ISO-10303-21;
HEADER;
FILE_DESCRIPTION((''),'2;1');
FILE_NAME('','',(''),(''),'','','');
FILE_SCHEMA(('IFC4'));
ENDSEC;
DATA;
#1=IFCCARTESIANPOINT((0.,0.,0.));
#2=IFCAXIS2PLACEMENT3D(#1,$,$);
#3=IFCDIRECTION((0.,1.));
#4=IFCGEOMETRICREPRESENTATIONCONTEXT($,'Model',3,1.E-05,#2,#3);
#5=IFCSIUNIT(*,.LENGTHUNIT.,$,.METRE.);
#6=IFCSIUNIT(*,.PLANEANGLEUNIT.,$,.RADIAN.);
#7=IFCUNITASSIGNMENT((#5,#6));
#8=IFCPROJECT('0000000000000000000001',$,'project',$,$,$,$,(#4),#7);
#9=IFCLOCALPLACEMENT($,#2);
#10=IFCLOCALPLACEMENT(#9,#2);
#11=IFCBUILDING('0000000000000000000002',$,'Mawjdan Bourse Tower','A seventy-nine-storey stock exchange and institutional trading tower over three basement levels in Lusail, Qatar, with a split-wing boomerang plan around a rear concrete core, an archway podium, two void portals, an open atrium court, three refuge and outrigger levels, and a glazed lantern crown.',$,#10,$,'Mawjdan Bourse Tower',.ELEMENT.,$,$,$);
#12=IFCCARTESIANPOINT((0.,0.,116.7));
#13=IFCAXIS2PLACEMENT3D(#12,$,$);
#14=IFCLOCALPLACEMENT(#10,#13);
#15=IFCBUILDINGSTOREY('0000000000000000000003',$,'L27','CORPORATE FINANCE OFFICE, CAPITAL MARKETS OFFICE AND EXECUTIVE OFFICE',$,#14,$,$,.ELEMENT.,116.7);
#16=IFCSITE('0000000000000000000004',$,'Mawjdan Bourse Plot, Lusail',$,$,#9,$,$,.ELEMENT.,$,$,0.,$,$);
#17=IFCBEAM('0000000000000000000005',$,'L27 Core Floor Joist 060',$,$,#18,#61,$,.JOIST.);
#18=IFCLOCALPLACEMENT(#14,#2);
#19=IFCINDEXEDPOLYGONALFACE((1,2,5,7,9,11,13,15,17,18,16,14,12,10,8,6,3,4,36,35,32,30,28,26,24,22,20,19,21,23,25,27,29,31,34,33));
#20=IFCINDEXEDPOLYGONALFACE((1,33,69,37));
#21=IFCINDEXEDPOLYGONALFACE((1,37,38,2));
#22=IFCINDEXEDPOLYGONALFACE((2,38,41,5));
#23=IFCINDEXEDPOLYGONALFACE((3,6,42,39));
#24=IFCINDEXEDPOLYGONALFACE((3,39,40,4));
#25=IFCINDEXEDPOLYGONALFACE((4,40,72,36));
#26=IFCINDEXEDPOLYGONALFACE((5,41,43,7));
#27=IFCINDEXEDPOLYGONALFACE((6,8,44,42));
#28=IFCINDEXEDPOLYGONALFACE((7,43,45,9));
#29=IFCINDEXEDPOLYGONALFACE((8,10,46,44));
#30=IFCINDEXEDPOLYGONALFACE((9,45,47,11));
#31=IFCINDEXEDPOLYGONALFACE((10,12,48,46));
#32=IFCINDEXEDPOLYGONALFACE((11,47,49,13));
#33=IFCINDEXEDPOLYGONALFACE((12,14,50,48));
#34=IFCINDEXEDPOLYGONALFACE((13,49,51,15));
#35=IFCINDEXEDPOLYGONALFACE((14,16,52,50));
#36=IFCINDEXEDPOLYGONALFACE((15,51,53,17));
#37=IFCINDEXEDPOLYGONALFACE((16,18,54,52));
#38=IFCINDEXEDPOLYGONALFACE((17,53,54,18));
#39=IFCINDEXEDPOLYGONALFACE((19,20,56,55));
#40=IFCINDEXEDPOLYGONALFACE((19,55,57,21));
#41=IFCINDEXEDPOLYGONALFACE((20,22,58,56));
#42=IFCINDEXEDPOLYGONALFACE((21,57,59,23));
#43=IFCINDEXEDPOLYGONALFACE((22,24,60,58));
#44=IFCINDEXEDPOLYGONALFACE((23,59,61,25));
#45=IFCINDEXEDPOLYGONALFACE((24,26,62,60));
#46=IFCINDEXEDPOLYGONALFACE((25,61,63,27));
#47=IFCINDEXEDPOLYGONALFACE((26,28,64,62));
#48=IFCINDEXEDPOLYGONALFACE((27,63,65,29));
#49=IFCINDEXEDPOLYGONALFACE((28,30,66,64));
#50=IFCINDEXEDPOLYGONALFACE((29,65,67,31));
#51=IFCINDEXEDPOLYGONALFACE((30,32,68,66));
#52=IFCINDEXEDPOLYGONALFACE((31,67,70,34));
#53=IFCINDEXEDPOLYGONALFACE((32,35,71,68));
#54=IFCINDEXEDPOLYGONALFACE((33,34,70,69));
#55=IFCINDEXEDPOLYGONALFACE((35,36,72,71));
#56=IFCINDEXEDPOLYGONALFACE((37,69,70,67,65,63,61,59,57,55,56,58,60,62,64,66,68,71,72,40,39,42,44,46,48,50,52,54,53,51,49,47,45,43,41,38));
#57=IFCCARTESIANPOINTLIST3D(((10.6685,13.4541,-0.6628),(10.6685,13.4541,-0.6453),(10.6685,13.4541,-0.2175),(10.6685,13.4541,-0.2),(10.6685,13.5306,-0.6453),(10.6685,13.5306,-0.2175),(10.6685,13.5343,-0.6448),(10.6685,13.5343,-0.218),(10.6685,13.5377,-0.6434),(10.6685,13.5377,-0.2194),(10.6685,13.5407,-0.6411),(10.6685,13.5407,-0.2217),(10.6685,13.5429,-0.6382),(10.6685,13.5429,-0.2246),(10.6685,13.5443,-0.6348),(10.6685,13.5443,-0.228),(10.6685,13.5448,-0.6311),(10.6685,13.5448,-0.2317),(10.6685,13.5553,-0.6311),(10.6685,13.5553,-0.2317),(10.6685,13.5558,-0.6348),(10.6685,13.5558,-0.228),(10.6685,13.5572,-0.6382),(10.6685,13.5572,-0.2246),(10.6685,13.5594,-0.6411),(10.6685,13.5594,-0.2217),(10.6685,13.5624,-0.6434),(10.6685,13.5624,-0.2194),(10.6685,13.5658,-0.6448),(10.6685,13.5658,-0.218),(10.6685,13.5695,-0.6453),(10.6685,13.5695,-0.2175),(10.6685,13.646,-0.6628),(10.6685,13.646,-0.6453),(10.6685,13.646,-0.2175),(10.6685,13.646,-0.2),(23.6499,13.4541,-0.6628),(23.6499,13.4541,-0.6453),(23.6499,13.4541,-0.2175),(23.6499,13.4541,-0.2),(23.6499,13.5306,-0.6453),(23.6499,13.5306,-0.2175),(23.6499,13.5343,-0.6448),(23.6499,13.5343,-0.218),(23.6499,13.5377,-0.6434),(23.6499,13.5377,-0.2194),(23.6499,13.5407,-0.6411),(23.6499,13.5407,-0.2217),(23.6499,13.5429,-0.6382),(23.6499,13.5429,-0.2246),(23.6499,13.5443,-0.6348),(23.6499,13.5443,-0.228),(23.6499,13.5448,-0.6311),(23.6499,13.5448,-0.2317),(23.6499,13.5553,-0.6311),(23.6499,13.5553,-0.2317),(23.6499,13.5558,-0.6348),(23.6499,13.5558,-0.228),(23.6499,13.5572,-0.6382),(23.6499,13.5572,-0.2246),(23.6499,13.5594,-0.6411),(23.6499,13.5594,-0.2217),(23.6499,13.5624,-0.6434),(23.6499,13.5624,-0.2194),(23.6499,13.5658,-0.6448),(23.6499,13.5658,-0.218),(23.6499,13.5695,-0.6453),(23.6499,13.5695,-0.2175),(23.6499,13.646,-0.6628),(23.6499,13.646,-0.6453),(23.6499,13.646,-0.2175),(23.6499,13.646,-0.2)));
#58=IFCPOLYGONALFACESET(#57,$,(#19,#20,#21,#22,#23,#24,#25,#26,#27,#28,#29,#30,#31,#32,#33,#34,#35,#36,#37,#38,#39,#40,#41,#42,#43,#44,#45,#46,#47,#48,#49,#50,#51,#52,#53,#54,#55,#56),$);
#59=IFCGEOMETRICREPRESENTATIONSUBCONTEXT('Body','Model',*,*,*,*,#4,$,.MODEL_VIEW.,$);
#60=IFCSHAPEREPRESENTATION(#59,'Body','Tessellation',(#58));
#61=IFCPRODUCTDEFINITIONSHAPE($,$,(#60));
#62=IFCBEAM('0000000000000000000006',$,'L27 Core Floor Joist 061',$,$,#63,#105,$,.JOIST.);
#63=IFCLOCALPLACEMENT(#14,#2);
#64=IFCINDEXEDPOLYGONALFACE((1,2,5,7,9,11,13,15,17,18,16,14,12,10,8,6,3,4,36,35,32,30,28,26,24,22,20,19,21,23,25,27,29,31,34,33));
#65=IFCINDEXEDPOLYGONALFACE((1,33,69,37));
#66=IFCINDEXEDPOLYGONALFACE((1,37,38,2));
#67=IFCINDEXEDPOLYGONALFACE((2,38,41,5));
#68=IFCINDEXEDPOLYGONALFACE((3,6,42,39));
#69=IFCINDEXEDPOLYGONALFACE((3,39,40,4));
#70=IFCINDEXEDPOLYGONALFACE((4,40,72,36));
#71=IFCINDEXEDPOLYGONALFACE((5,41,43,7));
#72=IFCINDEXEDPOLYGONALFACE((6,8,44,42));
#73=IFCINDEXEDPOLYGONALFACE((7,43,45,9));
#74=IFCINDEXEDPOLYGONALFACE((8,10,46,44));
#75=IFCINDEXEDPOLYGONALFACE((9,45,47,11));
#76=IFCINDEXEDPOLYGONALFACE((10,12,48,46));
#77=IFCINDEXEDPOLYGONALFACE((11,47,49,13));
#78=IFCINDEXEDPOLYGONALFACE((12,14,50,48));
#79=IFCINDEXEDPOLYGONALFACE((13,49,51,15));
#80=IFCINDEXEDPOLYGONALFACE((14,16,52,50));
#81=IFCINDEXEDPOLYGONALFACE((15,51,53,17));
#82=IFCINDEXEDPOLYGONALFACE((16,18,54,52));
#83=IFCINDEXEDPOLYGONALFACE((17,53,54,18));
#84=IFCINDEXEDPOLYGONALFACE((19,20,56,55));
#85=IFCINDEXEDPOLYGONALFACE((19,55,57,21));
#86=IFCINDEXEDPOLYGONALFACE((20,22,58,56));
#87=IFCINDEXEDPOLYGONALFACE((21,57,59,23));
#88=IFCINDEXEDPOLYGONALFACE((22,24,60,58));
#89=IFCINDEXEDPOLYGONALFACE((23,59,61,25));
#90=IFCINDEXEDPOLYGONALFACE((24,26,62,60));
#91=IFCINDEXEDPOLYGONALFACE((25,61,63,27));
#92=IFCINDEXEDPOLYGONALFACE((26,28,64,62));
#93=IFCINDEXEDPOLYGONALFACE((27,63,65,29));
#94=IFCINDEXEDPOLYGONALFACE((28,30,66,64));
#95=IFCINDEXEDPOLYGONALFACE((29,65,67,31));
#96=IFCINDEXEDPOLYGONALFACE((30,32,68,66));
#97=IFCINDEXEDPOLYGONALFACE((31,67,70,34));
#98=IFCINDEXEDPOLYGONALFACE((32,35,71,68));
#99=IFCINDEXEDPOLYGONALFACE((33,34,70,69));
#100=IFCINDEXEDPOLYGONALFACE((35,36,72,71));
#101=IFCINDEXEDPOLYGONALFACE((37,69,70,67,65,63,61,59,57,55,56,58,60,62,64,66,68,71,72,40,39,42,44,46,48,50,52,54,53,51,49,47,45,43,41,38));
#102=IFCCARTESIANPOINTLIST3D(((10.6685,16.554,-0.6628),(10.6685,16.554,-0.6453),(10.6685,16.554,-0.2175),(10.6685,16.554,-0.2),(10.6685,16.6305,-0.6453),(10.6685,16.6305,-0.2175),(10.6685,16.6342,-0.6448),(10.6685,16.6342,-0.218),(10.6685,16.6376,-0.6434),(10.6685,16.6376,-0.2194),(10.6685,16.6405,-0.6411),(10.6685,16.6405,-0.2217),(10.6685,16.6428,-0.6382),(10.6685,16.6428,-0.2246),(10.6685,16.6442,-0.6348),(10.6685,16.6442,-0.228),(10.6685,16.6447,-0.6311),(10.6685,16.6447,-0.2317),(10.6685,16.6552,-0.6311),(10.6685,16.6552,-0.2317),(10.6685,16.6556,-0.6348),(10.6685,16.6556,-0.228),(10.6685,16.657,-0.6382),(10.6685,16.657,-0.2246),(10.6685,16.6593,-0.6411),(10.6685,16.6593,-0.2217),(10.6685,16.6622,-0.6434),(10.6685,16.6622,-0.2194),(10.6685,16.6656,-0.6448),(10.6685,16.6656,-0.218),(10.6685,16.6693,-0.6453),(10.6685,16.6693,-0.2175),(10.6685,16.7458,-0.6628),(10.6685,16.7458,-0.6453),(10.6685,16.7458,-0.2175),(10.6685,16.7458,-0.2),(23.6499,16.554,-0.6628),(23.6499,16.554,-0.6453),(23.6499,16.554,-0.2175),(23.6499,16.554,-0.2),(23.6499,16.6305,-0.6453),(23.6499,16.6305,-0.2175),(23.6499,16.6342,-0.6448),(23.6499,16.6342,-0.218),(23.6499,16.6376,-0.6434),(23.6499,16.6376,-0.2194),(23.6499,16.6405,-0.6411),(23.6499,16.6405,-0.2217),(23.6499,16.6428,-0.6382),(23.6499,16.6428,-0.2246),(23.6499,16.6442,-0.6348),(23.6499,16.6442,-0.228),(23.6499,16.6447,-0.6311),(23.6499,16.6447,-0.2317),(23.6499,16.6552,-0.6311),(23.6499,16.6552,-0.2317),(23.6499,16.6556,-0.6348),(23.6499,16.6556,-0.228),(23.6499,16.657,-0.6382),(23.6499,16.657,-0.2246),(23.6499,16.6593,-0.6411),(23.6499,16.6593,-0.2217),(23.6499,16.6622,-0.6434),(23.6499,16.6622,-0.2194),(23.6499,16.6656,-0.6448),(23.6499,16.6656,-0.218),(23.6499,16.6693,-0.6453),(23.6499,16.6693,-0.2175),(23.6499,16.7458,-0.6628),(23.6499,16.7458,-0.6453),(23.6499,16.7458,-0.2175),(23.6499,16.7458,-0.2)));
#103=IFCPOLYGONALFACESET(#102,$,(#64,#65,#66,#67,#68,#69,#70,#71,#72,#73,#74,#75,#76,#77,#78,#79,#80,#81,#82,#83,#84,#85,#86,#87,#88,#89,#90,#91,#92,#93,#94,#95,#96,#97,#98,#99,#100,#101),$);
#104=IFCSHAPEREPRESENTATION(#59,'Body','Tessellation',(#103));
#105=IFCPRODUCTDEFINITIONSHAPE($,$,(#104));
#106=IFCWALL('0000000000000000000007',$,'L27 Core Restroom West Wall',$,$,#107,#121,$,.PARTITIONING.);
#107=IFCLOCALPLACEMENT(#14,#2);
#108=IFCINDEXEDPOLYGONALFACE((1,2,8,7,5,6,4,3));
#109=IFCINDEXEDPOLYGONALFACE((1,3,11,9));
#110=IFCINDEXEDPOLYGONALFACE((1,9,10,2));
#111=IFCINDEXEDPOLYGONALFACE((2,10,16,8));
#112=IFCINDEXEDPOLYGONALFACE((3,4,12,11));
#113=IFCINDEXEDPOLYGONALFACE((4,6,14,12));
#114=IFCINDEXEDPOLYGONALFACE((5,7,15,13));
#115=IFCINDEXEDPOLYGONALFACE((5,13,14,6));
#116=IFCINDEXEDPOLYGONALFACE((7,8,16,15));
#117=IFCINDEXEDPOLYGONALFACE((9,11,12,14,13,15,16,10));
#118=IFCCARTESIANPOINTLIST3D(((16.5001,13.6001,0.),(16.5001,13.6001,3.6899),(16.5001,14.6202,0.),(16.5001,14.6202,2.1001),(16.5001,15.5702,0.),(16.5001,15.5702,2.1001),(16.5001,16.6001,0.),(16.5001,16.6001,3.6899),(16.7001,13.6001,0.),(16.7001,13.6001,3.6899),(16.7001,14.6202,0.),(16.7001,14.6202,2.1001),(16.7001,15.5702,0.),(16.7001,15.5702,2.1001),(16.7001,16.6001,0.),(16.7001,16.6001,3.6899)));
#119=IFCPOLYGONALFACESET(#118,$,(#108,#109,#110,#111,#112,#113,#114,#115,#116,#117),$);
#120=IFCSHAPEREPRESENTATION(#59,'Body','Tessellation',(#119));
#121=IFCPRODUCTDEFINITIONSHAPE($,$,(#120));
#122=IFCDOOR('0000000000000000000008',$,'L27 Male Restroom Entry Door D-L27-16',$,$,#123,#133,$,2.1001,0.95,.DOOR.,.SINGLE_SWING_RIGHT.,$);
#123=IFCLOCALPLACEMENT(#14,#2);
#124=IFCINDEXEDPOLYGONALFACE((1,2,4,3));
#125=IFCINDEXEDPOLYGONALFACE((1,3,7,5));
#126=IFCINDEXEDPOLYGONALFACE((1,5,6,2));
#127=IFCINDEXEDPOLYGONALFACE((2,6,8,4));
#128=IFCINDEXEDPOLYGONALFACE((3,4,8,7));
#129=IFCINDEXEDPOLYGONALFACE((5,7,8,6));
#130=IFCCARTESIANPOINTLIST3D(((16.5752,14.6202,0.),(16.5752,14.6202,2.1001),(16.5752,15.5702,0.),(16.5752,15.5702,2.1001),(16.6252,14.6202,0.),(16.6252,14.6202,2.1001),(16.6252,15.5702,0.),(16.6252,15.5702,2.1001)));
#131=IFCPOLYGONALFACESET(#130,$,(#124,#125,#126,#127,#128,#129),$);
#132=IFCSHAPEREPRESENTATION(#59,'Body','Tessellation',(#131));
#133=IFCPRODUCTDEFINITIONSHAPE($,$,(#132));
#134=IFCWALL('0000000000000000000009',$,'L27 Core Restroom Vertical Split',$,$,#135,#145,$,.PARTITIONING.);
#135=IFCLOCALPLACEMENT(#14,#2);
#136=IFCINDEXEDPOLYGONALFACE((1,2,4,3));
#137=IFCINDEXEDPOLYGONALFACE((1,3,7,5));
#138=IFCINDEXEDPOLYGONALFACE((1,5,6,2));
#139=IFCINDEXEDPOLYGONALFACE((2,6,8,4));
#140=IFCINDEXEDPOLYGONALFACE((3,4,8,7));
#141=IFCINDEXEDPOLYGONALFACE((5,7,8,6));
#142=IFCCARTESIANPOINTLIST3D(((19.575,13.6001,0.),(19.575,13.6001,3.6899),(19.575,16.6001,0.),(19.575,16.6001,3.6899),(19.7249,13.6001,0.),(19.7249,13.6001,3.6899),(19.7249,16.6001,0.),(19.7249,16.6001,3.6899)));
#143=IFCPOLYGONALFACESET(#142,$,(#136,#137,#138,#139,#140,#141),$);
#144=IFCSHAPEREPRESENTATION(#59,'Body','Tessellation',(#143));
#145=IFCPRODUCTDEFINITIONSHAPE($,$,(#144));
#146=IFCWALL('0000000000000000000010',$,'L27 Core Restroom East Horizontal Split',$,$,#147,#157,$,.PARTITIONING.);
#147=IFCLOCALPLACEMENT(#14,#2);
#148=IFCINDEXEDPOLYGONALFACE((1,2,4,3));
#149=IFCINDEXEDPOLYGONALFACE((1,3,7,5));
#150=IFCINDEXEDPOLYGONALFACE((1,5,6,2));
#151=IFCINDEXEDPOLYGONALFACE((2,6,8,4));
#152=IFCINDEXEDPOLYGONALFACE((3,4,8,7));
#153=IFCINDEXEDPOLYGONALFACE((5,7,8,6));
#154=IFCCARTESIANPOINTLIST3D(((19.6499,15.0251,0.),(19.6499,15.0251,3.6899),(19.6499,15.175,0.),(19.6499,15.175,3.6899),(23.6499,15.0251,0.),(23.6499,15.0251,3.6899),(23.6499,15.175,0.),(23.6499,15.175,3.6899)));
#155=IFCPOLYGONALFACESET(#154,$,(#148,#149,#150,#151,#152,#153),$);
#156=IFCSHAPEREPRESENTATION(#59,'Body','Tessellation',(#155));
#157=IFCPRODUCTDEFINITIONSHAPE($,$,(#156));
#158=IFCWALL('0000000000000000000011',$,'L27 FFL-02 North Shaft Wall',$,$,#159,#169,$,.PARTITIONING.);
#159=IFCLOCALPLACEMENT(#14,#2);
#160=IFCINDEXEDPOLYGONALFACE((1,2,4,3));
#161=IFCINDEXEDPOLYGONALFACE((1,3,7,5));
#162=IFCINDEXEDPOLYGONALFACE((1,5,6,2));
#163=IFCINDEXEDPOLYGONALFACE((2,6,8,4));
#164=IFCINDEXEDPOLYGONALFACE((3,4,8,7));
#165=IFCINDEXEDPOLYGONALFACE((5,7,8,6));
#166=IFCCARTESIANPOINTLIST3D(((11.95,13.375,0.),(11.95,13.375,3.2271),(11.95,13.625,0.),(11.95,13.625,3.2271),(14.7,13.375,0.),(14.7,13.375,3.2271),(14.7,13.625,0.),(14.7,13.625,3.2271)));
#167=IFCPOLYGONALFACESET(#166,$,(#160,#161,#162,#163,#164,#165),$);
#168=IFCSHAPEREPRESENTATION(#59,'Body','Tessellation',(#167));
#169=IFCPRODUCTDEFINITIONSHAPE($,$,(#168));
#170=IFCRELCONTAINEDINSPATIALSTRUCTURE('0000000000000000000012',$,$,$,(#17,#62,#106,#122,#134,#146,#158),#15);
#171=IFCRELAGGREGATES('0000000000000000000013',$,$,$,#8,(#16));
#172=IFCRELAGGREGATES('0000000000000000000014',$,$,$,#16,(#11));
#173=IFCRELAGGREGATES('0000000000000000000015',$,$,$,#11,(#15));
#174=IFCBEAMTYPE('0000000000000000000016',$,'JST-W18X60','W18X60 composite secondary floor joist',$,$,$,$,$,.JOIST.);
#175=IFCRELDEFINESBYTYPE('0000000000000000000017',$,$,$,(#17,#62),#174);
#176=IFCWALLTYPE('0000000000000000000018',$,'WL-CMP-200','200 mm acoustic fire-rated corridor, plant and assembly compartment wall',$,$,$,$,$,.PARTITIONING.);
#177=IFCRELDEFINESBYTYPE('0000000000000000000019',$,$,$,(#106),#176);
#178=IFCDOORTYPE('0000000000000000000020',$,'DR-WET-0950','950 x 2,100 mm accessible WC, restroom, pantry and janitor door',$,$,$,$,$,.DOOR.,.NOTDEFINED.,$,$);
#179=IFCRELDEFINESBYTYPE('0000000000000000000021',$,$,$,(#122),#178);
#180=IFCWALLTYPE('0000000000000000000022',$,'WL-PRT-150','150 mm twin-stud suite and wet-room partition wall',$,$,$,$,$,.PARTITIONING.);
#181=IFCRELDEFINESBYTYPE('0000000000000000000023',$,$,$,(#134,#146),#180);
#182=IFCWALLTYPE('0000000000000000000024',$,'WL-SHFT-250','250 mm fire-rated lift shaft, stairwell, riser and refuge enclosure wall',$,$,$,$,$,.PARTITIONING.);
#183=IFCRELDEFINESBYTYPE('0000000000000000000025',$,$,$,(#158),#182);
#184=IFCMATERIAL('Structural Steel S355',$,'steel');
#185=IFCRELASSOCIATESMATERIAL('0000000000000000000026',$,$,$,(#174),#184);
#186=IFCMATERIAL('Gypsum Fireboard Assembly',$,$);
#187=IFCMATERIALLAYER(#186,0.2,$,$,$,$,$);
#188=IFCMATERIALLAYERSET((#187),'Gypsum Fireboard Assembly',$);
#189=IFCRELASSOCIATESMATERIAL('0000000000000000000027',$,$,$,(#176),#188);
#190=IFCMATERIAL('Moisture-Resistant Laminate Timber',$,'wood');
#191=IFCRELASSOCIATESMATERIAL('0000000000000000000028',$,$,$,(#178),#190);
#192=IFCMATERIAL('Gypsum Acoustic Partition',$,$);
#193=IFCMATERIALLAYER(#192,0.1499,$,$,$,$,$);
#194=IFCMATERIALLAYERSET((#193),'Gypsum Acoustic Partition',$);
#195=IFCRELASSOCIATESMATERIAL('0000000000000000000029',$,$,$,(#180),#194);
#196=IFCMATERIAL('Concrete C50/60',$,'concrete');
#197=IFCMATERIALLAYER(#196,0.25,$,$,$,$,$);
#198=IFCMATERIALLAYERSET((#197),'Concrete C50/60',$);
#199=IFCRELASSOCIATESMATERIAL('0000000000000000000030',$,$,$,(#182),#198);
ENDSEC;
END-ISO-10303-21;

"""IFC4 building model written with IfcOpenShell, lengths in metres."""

from ifc_helpers import new_model, si_unit, direction, frame, frame_2d, origin, origin_2d, place, context, subcontext, project, spatial, rectangle, i_section, extrude, material, layer, layer_set, material_profile, profile_set, type_object, element, fill, save


model = new_model("IFC4")

# Units and contexts
model_context = context("Model", 3, precision=1e-05, world=origin(), true_north=direction((0.0, 1.0)))
body_context = subcontext(model_context, "Body", "Model", "MODEL_VIEW")
ifc_project = project(units=[si_unit("LENGTHUNIT", "METRE"), si_unit("PLANEANGLEUNIT", "RADIAN")], contexts=[model_context])

# Site, building, storey
site_placement = place(None, origin())
site = spatial("IfcSite", under=ifc_project, at=site_placement, Name="Mawjdan Bourse Plot, Lusail", CompositionType="ELEMENT", RefElevation=0.0)
building_placement = place(site_placement, origin())
building = spatial("IfcBuilding", under=site, at=building_placement, Name="Mawjdan Bourse Tower", Description="A seventy-nine-storey stock exchange and institutional trading tower over three basement levels in Lusail, Qatar, with a split-wing boomerang plan around a rear concrete core, an archway podium, two void portals, an open atrium court, three refuge and outrigger levels, and a glazed lantern crown.", LongName="Mawjdan Bourse Tower", CompositionType="ELEMENT")
storey_placement = place(building_placement, frame((0.0, 0.0, 116.7)))
storey = spatial("IfcBuildingStorey", under=building, at=storey_placement, Name="L27", Description="CORPORATE FINANCE OFFICE, CAPITAL MARKETS OFFICE AND EXECUTIVE OFFICE", CompositionType="ELEMENT", Elevation=116.7)

# Beams
ifc_material_1 = material(Name="Structural Steel S355", Category="steel")
ifc_material_profile = material_profile(ifc_material_1, i_section(OverallWidth=0.1919, OverallDepth=0.4629, WebThickness=0.0105, FlangeThickness=0.0176, FilletRadius=0.0142, at=origin_2d()), Name="W18X60")
ifc_profile_set = profile_set([ifc_material_profile], Name="Structural Steel S355")
beam_type = type_object("IfcBeamType", Name="JST-W18X60", Description="W18X60 composite secondary floor joist", PredefinedType="JOIST", material=ifc_profile_set)
for number, where, z_axis, x_axis, name in (
    (1, (10.6685, 13.55, -0.4314), (1.0, 0.0, 0.0), (0.0, 1.0, 0.0), "L27 Core Floor Joist 060"),
    (2, (10.6685, 16.6499, -0.4314), (1.0, 0.0, 0.0), (0.0, 1.0, 0.0), "L27 Core Floor Joist 061"),
):
    element("IfcBeam", number, at=place(storey_placement, frame(where, z_axis=z_axis, x_axis=x_axis)), inside=storey, type_object=beam_type, Name=name, PredefinedType="JOIST", context=body_context, shape_type="SweptSolid", body=[
        extrude(i_section(OverallWidth=0.1919, OverallDepth=0.4629, WebThickness=0.0105, FlangeThickness=0.0176, FilletRadius=0.0142, at=origin_2d()), origin(), (0.0, 0.0, 1.0), 12.9814),
    ])

# Wall, opening, door
ifc_material_2 = material(Name="Gypsum Fireboard Assembly")
ifc_layer_1 = layer(ifc_material_2, 0.2)
ifc_layer_set_1 = layer_set([ifc_layer_1], Name="Gypsum Fireboard Assembly")
wall_type_1 = type_object("IfcWallType", Name="WL-CMP-200", Description="200 mm acoustic fire-rated corridor, plant and assembly compartment wall", PredefinedType="PARTITIONING", material=ifc_layer_set_1)
wall_1_placement = place(storey_placement, frame((16.6001, 13.6001, 0.0), z_axis=(0.0, 0.0, 1.0), x_axis=(0.0, 1.0, 0.0)))
wall_1 = element("IfcWall", 3, at=wall_1_placement, inside=storey, type_object=wall_type_1, Name="L27 Core Restroom West Wall", PredefinedType="PARTITIONING", context=body_context, shape_type="SweptSolid", body=[
    extrude(rectangle(XDim=3.0, YDim=0.2, at=frame_2d((1.5, 0.0))), origin(), (0.0, 0.0, 1.0), 3.6899),
])
opening_1_placement = place(wall_1_placement, frame((1.02, 0.0, 0.0)))
opening_1 = element("IfcOpeningElement", 4, at=opening_1_placement, cuts=wall_1, PredefinedType="OPENING", context=body_context, shape_type="SweptSolid", body=[
    extrude(rectangle(XDim=0.95, YDim=2.1001, at=frame_2d((0.4751, 1.05))), frame((0.0, 0.1099, 0.0), z_axis=(0.0, -1.0, 0.0), x_axis=(1.0, 0.0, 0.0)), (0.0, 0.0, 1.0), 0.22),
])
ifc_material_3 = material(Name="Moisture-Resistant Laminate Timber", Category="wood")
door_type_1 = type_object("IfcDoorType", Name="DR-WET-0950", Description="950 x 2,100 mm accessible WC, restroom, pantry and janitor door", OperationType="NOTDEFINED", PredefinedType="DOOR", material=ifc_material_3)
door_1_placement = place(opening_1_placement, origin())
door_1 = element("IfcDoor", 5, at=door_1_placement, inside=storey, type_object=door_type_1, Name="L27 Male Restroom Entry Door D-L27-16", OperationType="SINGLE_SWING_RIGHT", OverallHeight=2.1001, OverallWidth=0.95, PredefinedType="DOOR", context=body_context, shape_type="SweptSolid", body=[
    extrude(rectangle(XDim=0.95, YDim=2.1001, at=frame_2d((0.4751, 1.05))), frame((0.0, 0.0249, 0.0), z_axis=(0.0, -1.0, 0.0), x_axis=(1.0, 0.0, 0.0)), (0.0, 0.0, 1.0), 0.05),
])
fill(opening_1, door_1)

# Walls
ifc_material_4 = material(Name="Gypsum Acoustic Partition")
ifc_layer_2 = layer(ifc_material_4, 0.1499)
ifc_layer_set_2 = layer_set([ifc_layer_2], Name="Gypsum Acoustic Partition")
wall_type_2 = type_object("IfcWallType", Name="WL-PRT-150", Description="150 mm twin-stud suite and wet-room partition wall", PredefinedType="PARTITIONING", material=ifc_layer_set_2)
wall_2_placement = place(storey_placement, frame((19.6499, 13.6001, 0.0), z_axis=(0.0, 0.0, 1.0), x_axis=(0.0, 1.0, 0.0)))
element("IfcWall", 6, at=wall_2_placement, inside=storey, type_object=wall_type_2, Name="L27 Core Restroom Vertical Split", PredefinedType="PARTITIONING", context=body_context, shape_type="SweptSolid", body=[
    extrude(rectangle(XDim=3.0, YDim=0.1499, at=frame_2d((1.5, 0.0))), origin(), (0.0, 0.0, 1.0), 3.6899),
])
wall_3_placement = place(storey_placement, frame((19.6499, 15.1001, 0.0), z_axis=(0.0, 0.0, 1.0), x_axis=(1.0, 0.0, 0.0)))
element("IfcWall", 7, at=wall_3_placement, inside=storey, type_object=wall_type_2, Name="L27 Core Restroom East Horizontal Split", PredefinedType="PARTITIONING", context=body_context, shape_type="SweptSolid", body=[
    extrude(rectangle(XDim=4.0, YDim=0.1499, at=frame_2d((2.0, 0.0))), origin(), (0.0, 0.0, 1.0), 3.6899),
])
ifc_material_5 = material(Name="Concrete C50/60", Category="concrete")
ifc_layer_3 = layer(ifc_material_5, 0.25)
ifc_layer_set_3 = layer_set([ifc_layer_3], Name="Concrete C50/60")
wall_type_3 = type_object("IfcWallType", Name="WL-SHFT-250", Description="250 mm fire-rated lift shaft, stairwell, riser and refuge enclosure wall", PredefinedType="PARTITIONING", material=ifc_layer_set_3)
wall_4_placement = place(storey_placement, frame((11.95, 13.5, 0.0), z_axis=(0.0, 0.0, 1.0), x_axis=(1.0, 0.0, 0.0)))
element("IfcWall", 8, at=wall_4_placement, inside=storey, type_object=wall_type_3, Name="L27 FFL-02 North Shaft Wall", PredefinedType="PARTITIONING", context=body_context, shape_type="SweptSolid", body=[
    extrude(rectangle(XDim=2.75, YDim=0.25, at=frame_2d((1.375, 0.0))), origin(), (0.0, 0.0, 1.0), 3.2271),
])

save(model, "model.ifc")
